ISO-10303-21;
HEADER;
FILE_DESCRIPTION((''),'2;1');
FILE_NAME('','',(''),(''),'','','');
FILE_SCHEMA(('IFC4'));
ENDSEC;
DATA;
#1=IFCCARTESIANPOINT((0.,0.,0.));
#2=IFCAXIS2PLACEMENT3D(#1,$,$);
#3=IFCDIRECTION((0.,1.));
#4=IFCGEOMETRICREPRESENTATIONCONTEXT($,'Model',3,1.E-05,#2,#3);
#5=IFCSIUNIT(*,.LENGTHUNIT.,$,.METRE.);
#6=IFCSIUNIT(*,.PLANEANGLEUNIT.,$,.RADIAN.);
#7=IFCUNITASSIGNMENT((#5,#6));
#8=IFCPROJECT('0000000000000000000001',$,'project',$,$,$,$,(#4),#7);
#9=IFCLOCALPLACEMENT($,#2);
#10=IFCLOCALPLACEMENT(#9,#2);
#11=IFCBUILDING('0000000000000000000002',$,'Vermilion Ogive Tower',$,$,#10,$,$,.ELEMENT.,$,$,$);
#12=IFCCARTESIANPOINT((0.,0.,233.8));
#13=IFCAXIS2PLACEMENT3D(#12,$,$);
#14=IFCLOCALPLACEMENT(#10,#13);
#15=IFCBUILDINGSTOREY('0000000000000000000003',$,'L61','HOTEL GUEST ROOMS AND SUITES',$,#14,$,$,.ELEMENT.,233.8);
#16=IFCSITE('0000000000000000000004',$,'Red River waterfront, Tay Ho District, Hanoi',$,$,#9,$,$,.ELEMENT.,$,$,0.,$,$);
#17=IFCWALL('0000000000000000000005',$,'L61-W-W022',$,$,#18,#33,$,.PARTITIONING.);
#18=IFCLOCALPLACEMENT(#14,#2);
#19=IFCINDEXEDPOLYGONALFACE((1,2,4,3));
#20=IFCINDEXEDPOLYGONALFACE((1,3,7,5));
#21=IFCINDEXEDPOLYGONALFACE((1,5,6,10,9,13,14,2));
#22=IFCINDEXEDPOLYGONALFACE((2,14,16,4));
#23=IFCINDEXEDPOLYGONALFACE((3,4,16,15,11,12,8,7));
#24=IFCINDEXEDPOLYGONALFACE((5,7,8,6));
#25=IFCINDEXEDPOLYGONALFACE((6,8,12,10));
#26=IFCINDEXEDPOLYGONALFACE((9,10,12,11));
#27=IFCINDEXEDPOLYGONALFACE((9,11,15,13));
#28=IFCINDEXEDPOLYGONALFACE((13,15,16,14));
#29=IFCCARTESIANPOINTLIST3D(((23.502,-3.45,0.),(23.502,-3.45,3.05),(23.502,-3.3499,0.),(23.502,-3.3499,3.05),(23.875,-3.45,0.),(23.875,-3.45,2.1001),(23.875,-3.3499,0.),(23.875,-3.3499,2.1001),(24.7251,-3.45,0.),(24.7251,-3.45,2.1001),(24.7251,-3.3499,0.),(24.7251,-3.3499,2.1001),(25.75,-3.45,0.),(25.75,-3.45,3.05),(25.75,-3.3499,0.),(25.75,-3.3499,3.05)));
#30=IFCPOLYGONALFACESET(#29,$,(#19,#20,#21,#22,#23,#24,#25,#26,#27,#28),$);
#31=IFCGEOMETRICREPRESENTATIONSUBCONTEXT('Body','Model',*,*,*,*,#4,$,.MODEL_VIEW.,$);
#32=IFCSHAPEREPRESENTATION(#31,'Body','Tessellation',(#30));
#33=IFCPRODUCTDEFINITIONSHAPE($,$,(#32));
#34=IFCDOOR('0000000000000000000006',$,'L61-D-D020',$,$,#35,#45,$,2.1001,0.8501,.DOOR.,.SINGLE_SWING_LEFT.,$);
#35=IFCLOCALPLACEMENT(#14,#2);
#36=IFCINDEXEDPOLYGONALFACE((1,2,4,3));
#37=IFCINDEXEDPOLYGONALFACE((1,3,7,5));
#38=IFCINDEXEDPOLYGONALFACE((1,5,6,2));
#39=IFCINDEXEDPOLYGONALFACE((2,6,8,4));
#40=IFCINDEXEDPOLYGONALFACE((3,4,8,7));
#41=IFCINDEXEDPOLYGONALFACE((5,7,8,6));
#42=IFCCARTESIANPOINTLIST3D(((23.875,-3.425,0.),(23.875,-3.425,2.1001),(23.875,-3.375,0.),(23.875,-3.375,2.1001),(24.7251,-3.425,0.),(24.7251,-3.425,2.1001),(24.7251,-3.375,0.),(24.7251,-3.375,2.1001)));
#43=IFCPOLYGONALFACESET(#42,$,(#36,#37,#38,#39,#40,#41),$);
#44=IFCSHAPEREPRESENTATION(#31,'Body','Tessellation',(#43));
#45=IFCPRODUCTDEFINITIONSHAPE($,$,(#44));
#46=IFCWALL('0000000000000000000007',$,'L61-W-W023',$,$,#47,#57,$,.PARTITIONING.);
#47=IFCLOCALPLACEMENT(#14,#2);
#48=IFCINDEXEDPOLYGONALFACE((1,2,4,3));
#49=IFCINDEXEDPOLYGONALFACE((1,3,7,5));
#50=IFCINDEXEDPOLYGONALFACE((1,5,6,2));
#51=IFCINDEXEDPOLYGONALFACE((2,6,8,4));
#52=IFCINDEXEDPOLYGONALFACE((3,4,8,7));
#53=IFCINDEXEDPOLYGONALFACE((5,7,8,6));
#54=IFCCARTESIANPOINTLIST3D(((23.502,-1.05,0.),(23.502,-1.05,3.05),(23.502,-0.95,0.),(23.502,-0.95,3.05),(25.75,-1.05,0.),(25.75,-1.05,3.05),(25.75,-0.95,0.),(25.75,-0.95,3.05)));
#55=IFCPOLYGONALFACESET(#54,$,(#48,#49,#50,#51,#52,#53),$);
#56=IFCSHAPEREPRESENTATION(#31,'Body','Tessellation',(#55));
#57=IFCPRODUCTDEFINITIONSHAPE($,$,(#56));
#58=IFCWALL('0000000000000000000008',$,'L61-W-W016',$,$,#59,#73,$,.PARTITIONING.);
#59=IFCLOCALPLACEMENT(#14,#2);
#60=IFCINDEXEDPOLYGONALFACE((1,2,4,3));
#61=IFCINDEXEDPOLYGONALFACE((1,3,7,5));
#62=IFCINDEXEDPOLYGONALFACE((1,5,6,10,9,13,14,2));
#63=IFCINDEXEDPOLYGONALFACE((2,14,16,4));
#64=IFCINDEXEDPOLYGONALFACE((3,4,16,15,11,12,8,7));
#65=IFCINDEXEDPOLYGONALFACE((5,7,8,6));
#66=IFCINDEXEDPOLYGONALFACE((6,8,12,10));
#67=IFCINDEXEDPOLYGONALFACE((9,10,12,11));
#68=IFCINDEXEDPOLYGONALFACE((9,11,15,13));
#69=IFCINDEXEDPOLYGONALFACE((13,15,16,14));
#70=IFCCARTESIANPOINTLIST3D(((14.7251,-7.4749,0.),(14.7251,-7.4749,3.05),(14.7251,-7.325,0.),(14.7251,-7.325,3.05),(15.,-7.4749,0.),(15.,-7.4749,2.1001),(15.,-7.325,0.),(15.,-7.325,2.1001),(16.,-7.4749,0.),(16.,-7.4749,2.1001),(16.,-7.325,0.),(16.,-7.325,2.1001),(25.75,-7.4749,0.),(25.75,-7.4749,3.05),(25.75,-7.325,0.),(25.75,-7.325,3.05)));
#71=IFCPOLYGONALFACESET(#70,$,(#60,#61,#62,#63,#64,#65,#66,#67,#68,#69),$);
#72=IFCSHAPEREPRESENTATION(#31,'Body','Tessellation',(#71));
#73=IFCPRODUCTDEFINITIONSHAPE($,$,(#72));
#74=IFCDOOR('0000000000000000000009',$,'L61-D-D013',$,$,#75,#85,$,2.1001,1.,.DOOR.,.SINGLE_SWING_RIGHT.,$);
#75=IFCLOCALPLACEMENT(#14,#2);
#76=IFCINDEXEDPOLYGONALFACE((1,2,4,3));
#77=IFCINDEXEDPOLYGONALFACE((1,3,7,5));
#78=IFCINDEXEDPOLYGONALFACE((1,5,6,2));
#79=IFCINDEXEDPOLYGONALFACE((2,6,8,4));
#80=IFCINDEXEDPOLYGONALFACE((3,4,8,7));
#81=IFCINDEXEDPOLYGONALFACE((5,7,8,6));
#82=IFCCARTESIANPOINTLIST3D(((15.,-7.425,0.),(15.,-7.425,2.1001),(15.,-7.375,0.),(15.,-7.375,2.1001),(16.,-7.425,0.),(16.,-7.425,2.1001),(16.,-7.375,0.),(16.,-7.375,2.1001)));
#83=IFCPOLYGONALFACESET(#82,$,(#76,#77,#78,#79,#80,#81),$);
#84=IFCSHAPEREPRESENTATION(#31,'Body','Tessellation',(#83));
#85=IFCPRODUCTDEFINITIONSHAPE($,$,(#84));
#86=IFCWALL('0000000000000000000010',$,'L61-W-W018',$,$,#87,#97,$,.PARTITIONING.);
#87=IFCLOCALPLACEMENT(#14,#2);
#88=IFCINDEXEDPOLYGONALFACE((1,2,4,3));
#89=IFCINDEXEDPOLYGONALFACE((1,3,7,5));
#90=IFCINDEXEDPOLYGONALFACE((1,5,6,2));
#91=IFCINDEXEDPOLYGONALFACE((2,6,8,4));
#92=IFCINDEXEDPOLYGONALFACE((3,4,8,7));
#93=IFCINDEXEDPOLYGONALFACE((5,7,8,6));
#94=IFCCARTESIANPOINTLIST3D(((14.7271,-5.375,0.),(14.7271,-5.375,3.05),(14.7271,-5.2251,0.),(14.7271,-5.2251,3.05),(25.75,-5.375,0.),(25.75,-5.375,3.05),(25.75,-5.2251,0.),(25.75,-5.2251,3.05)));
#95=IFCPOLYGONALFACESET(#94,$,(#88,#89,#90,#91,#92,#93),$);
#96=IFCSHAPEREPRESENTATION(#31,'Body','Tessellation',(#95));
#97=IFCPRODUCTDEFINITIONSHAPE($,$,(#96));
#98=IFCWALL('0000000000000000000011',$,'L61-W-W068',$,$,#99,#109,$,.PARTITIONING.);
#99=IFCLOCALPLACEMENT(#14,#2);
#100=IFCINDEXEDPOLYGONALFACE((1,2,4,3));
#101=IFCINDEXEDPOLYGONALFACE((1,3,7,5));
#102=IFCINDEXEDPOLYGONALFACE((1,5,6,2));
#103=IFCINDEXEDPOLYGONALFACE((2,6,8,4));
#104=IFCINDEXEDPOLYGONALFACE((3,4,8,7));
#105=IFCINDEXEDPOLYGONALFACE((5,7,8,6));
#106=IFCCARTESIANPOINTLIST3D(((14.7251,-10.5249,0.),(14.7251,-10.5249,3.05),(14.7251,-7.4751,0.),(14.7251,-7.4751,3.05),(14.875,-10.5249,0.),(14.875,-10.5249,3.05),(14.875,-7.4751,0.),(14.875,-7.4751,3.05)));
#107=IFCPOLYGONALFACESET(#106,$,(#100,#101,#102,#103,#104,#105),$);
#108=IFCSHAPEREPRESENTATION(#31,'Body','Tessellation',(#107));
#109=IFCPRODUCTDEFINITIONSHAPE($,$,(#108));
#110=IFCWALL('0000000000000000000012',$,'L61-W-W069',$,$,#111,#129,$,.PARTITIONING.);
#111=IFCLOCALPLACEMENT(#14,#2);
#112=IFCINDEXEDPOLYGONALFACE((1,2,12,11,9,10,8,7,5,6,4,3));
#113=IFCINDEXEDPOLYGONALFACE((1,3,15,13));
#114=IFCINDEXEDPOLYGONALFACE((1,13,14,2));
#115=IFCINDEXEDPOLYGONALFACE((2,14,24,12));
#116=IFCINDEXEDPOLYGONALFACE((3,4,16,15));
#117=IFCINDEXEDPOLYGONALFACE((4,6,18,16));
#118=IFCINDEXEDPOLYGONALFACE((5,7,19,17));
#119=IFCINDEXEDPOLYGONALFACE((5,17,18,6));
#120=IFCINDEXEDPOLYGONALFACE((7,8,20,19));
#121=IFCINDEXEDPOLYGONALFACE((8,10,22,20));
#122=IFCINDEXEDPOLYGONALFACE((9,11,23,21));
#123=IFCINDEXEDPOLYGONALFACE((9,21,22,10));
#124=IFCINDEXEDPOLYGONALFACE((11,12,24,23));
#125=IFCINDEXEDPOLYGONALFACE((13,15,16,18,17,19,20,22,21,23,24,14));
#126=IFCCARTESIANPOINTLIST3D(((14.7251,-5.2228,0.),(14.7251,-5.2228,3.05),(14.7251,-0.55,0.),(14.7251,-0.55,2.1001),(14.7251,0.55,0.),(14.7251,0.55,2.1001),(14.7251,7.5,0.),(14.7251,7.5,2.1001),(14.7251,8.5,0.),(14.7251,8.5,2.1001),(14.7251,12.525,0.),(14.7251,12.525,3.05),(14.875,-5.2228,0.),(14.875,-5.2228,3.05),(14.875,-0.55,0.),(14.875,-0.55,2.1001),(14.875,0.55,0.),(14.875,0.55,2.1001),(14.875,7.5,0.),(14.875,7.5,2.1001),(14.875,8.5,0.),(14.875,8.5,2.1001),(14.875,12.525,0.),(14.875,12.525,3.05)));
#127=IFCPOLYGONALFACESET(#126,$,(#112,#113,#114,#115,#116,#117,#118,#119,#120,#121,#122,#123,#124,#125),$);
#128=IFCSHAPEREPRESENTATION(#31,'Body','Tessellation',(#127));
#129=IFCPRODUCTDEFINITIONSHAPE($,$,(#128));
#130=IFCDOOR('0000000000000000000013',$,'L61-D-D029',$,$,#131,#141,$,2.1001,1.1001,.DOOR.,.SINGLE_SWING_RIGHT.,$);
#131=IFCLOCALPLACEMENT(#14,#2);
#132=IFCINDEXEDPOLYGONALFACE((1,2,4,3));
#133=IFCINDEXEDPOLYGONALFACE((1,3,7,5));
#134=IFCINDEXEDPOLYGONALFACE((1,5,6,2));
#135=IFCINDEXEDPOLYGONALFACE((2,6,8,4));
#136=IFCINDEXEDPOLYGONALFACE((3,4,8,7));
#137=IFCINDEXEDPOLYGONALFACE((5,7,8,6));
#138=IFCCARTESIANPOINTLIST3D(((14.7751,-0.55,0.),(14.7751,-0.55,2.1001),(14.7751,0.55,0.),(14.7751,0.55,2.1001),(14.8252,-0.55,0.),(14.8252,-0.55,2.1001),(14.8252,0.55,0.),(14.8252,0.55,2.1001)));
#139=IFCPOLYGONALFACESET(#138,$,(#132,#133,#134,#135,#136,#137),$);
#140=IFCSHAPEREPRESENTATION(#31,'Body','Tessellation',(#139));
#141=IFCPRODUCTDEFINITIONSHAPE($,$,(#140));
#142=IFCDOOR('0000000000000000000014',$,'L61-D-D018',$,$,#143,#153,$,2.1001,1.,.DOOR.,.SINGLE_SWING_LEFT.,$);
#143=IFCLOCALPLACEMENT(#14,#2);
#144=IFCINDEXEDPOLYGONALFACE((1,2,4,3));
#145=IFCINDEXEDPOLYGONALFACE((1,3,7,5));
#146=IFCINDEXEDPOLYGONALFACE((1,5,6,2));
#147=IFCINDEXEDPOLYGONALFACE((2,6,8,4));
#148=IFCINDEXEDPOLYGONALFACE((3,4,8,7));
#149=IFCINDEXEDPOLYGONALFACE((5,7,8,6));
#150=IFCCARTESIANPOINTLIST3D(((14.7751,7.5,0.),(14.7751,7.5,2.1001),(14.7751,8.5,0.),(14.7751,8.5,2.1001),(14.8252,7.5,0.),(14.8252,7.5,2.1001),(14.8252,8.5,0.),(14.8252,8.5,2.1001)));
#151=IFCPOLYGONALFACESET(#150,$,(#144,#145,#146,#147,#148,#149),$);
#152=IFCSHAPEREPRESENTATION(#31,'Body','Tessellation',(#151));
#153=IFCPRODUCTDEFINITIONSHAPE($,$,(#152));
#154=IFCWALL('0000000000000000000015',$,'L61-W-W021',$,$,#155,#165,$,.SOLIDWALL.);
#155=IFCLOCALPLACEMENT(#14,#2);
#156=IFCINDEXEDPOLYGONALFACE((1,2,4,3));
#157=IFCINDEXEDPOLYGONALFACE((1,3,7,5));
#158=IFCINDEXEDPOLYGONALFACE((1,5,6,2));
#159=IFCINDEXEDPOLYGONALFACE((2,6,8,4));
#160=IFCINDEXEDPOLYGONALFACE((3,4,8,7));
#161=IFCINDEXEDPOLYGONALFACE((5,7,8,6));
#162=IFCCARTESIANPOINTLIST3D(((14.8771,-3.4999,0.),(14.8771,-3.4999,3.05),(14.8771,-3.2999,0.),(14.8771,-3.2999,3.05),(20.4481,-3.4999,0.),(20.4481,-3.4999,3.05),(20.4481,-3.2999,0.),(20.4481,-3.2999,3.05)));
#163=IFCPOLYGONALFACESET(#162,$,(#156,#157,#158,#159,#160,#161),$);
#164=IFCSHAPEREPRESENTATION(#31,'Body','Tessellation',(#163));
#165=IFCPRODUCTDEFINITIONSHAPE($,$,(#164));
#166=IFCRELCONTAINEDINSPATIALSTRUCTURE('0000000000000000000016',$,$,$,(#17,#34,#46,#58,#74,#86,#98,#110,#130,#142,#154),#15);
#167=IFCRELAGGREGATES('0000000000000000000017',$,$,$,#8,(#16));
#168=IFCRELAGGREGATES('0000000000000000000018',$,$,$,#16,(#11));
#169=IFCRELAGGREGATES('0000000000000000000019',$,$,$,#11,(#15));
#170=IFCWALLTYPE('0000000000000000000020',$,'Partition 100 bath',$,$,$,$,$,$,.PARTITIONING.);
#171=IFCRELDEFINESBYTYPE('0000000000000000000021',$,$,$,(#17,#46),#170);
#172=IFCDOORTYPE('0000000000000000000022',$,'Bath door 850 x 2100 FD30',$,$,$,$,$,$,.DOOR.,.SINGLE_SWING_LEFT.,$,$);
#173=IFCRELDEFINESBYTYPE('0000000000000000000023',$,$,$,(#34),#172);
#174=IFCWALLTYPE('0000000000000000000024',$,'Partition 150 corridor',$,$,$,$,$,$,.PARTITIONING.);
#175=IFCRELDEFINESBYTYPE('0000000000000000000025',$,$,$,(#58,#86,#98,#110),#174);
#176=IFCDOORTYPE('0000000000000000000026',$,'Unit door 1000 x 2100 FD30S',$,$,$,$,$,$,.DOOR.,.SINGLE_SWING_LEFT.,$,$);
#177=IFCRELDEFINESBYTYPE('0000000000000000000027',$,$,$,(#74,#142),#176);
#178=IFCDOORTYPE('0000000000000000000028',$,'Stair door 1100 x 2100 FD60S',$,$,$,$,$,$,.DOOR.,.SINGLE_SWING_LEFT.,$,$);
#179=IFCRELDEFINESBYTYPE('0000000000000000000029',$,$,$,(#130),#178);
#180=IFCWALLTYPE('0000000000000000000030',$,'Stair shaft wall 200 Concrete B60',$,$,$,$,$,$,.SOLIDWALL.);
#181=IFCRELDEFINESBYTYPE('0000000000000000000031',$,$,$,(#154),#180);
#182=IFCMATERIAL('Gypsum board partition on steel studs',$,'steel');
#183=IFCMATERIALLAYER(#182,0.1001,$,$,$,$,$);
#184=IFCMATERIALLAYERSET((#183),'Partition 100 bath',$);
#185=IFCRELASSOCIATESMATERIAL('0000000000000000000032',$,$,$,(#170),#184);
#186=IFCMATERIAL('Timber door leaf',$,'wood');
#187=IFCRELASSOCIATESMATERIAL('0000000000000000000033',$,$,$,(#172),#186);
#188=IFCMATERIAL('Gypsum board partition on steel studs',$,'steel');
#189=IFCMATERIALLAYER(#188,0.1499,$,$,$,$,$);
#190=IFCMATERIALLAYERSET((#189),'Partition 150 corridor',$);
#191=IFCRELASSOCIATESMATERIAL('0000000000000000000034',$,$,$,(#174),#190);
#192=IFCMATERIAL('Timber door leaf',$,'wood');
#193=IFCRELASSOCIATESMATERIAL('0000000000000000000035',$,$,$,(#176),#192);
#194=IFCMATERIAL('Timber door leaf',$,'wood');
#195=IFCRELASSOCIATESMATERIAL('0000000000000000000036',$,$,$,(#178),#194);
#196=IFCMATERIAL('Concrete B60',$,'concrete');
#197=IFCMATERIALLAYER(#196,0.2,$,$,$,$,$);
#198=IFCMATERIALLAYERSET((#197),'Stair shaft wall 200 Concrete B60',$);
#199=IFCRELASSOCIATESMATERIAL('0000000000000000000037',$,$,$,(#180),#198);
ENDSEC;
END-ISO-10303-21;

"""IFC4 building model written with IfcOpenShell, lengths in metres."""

from ifc_helpers import new_model, si_unit, direction, frame, frame_2d, origin, place, context, subcontext, project, spatial, rectangle, extrude, material, layer, layer_set, type_object, element, fill, save


model = new_model("IFC4")

# Units and contexts
model_context = context("Model", 3, precision=1e-05, world=origin(), true_north=direction((0.0, 1.0)))
body_context = subcontext(model_context, "Body", "Model", "MODEL_VIEW")
ifc_project = project(units=[si_unit("LENGTHUNIT", "METRE"), si_unit("PLANEANGLEUNIT", "RADIAN")], contexts=[model_context])

# Site, building, storey
site_placement = place(None, origin())
site = spatial("IfcSite", under=ifc_project, at=site_placement, Name="Red River waterfront, Tay Ho District, Hanoi", CompositionType="ELEMENT", RefElevation=0.0)
building_placement = place(site_placement, origin())
building = spatial("IfcBuilding", under=site, at=building_placement, Name="Vermilion Ogive Tower", CompositionType="ELEMENT")
storey_placement = place(building_placement, frame((0.0, 0.0, 233.8)))
storey = spatial("IfcBuildingStorey", under=building, at=storey_placement, Name="L61", Description="HOTEL GUEST ROOMS AND SUITES", CompositionType="ELEMENT", Elevation=233.8)

# Wall, opening, door
ifc_material_1 = material(Name="Gypsum board partition on steel studs", Category="steel")
ifc_layer_1 = layer(ifc_material_1, 0.1001)
ifc_layer_set_1 = layer_set([ifc_layer_1], Name="Partition 100 bath")
wall_type_1 = type_object("IfcWallType", Name="Partition 100 bath", PredefinedType="PARTITIONING", material=ifc_layer_set_1)
wall_1_placement = place(storey_placement, frame((23.502, -3.3999, 0.0), z_axis=(0.0, 0.0, 1.0), x_axis=(1.0, 0.0, 0.0)))
wall_1 = element("IfcWall", 1, at=wall_1_placement, inside=storey, type_object=wall_type_1, Name="L61-W-W022", PredefinedType="PARTITIONING", context=body_context, shape_type="SweptSolid", body=[
    extrude(rectangle(XDim=2.248, YDim=0.1001, at=frame_2d((1.124, 0.0))), origin(), (0.0, 0.0, 1.0), 3.05),
])
opening_1_placement = place(wall_1_placement, frame((0.373, 0.0, 0.0)))
opening_1 = element("IfcOpeningElement", 2, at=opening_1_placement, cuts=wall_1, PredefinedType="OPENING", context=body_context, shape_type="SweptSolid", body=[
    extrude(rectangle(XDim=0.8501, YDim=2.1001, at=frame_2d((0.425, 1.05))), frame((0.0, 0.0601, 0.0), z_axis=(0.0, -1.0, 0.0), x_axis=(1.0, 0.0, 0.0)), (0.0, 0.0, 1.0), 0.1201),
])
ifc_material_2 = material(Name="Timber door leaf", Category="wood")
door_type_1 = type_object("IfcDoorType", Name="Bath door 850 x 2100 FD30", OperationType="SINGLE_SWING_LEFT", PredefinedType="DOOR", material=ifc_material_2)
door_1_placement = place(opening_1_placement, origin())
door_1 = element("IfcDoor", 3, at=door_1_placement, inside=storey, type_object=door_type_1, Name="L61-D-D020", OperationType="SINGLE_SWING_LEFT", OverallHeight=2.1001, OverallWidth=0.8501, PredefinedType="DOOR", context=body_context, shape_type="SweptSolid", body=[
    extrude(rectangle(XDim=0.8501, YDim=2.1001, at=frame_2d((0.425, 1.05))), frame((0.0, 0.0249, 0.0), z_axis=(0.0, -1.0, 0.0), x_axis=(1.0, 0.0, 0.0)), (0.0, 0.0, 1.0), 0.05),
])
fill(opening_1, door_1)

# Wall
wall_2_placement = place(storey_placement, frame((23.502, -1.0, 0.0), z_axis=(0.0, 0.0, 1.0), x_axis=(1.0, 0.0, 0.0)))
element("IfcWall", 4, at=wall_2_placement, inside=storey, type_object=wall_type_1, Name="L61-W-W023", PredefinedType="PARTITIONING", context=body_context, shape_type="SweptSolid", body=[
    extrude(rectangle(XDim=2.248, YDim=0.1001, at=frame_2d((1.124, 0.0))), origin(), (0.0, 0.0, 1.0), 3.05),
])

# Wall, opening, door
ifc_material_3 = material(Name="Gypsum board partition on steel studs", Category="steel")
ifc_layer_2 = layer(ifc_material_3, 0.1499)
ifc_layer_set_2 = layer_set([ifc_layer_2], Name="Partition 150 corridor")
wall_type_2 = type_object("IfcWallType", Name="Partition 150 corridor", PredefinedType="PARTITIONING", material=ifc_layer_set_2)
wall_3_placement = place(storey_placement, frame((14.7251, -7.3999, 0.0), z_axis=(0.0, 0.0, 1.0), x_axis=(1.0, 0.0, 0.0)))
wall_3 = element("IfcWall", 5, at=wall_3_placement, inside=storey, type_object=wall_type_2, Name="L61-W-W016", PredefinedType="PARTITIONING", context=body_context, shape_type="SweptSolid", body=[
    extrude(rectangle(XDim=11.0249, YDim=0.1499, at=frame_2d((5.5125, 0.0))), origin(), (0.0, 0.0, 1.0), 3.05),
])
opening_2_placement = place(wall_3_placement, frame((0.2749, 0.0, 0.0)))
opening_2 = element("IfcOpeningElement", 6, at=opening_2_placement, cuts=wall_3, PredefinedType="OPENING", context=body_context, shape_type="SweptSolid", body=[
    extrude(rectangle(XDim=1.0, YDim=2.1001, at=frame_2d((0.5, 1.05))), frame((0.0, 0.085, 0.0), z_axis=(0.0, -1.0, 0.0), x_axis=(1.0, 0.0, 0.0)), (0.0, 0.0, 1.0), 0.1699),
])
ifc_material_4 = material(Name="Timber door leaf", Category="wood")
door_type_2 = type_object("IfcDoorType", Name="Unit door 1000 x 2100 FD30S", OperationType="SINGLE_SWING_LEFT", PredefinedType="DOOR", material=ifc_material_4)
door_2_placement = place(opening_2_placement, origin())
door_2 = element("IfcDoor", 7, at=door_2_placement, inside=storey, type_object=door_type_2, Name="L61-D-D013", OperationType="SINGLE_SWING_RIGHT", OverallHeight=2.1001, OverallWidth=1.0, PredefinedType="DOOR", context=body_context, shape_type="SweptSolid", body=[
    extrude(rectangle(XDim=1.0, YDim=2.1001, at=frame_2d((0.5, 1.05))), frame((0.0, 0.0249, 0.0), z_axis=(0.0, -1.0, 0.0), x_axis=(1.0, 0.0, 0.0)), (0.0, 0.0, 1.0), 0.05),
])
fill(opening_2, door_2)

# Walls
wall_4_placement = place(storey_placement, frame((14.7271, -5.3, 0.0), z_axis=(0.0, 0.0, 1.0), x_axis=(1.0, 0.0, 0.0)))
element("IfcWall", 8, at=wall_4_placement, inside=storey, type_object=wall_type_2, Name="L61-W-W018", PredefinedType="PARTITIONING", context=body_context, shape_type="SweptSolid", body=[
    extrude(rectangle(XDim=11.0229, YDim=0.1499, at=frame_2d((5.5115, 0.0))), origin(), (0.0, 0.0, 1.0), 3.05),
])
wall_5_placement = place(storey_placement, frame((14.8, -10.5249, 0.0), z_axis=(0.0, 0.0, 1.0), x_axis=(0.0, 1.0, 0.0)))
element("IfcWall", 9, at=wall_5_placement, inside=storey, type_object=wall_type_2, Name="L61-W-W068", PredefinedType="PARTITIONING", context=body_context, shape_type="SweptSolid", body=[
    extrude(rectangle(XDim=3.0498, YDim=0.1499, at=frame_2d((1.5249, 0.0))), origin(), (0.0, 0.0, 1.0), 3.05),
])

# Wall, openings, doors
wall_6_placement = place(storey_placement, frame((14.8, -5.2229, 0.0), z_axis=(0.0, 0.0, 1.0), x_axis=(0.0, 1.0, 0.0)))
wall_6 = element("IfcWall", 10, at=wall_6_placement, inside=storey, type_object=wall_type_2, Name="L61-W-W069", PredefinedType="PARTITIONING", context=body_context, shape_type="SweptSolid", body=[
    extrude(rectangle(XDim=17.7478, YDim=0.1499, at=frame_2d((8.874, 0.0))), origin(), (0.0, 0.0, 1.0), 3.05),
])
opening_3_placement = place(wall_6_placement, frame((12.7229, 0.0, 0.0)))
opening_3 = element("IfcOpeningElement", 11, at=opening_3_placement, cuts=wall_6, PredefinedType="OPENING", context=body_context, shape_type="SweptSolid", body=[
    extrude(rectangle(XDim=1.0, YDim=2.1001, at=frame_2d((0.5, 1.05))), frame((0.0, 0.085, 0.0), z_axis=(0.0, -1.0, 0.0), x_axis=(1.0, 0.0, 0.0)), (0.0, 0.0, 1.0), 0.1699),
])
opening_4_placement = place(wall_6_placement, frame((4.6729, 0.0, 0.0)))
opening_4 = element("IfcOpeningElement", 12, at=opening_4_placement, cuts=wall_6, PredefinedType="OPENING", context=body_context, shape_type="SweptSolid", body=[
    extrude(rectangle(XDim=1.1001, YDim=2.1001, at=frame_2d((0.55, 1.05))), frame((0.0, 0.085, 0.0), z_axis=(0.0, -1.0, 0.0), x_axis=(1.0, 0.0, 0.0)), (0.0, 0.0, 1.0), 0.1699),
])
ifc_material_5 = material(Name="Timber door leaf", Category="wood")
door_type_3 = type_object("IfcDoorType", Name="Stair door 1100 x 2100 FD60S", OperationType="SINGLE_SWING_LEFT", PredefinedType="DOOR", material=ifc_material_5)
door_3_placement = place(opening_4_placement, origin())
door_3 = element("IfcDoor", 13, at=door_3_placement, inside=storey, type_object=door_type_3, Name="L61-D-D029", OperationType="SINGLE_SWING_RIGHT", OverallHeight=2.1001, OverallWidth=1.1001, PredefinedType="DOOR", context=body_context, shape_type="SweptSolid", body=[
    extrude(rectangle(XDim=1.1001, YDim=2.1001, at=frame_2d((0.55, 1.05))), frame((0.0, 0.0249, 0.0), z_axis=(0.0, -1.0, 0.0), x_axis=(1.0, 0.0, 0.0)), (0.0, 0.0, 1.0), 0.05),
])
fill(opening_4, door_3)
door_4_placement = place(opening_3_placement, origin())
door_4 = element("IfcDoor", 14, at=door_4_placement, inside=storey, type_object=door_type_2, Name="L61-D-D018", OperationType="SINGLE_SWING_LEFT", OverallHeight=2.1001, OverallWidth=1.0, PredefinedType="DOOR", context=body_context, shape_type="SweptSolid", body=[
    extrude(rectangle(XDim=1.0, YDim=2.1001, at=frame_2d((0.5, 1.05))), frame((0.0, 0.0249, 0.0), z_axis=(0.0, -1.0, 0.0), x_axis=(1.0, 0.0, 0.0)), (0.0, 0.0, 1.0), 0.05),
])
fill(opening_3, door_4)

# Wall
ifc_material_6 = material(Name="Concrete B60", Category="concrete")
ifc_layer_3 = layer(ifc_material_6, 0.2)
ifc_layer_set_3 = layer_set([ifc_layer_3], Name="Stair shaft wall 200 Concrete B60")
wall_type_3 = type_object("IfcWallType", Name="Stair shaft wall 200 Concrete B60", PredefinedType="SOLIDWALL", material=ifc_layer_set_3)
wall_7_placement = place(storey_placement, frame((14.877, -3.3999, 0.0), z_axis=(0.0, 0.0, 1.0), x_axis=(1.0, 0.0, 0.0)))
element("IfcWall", 15, at=wall_7_placement, inside=storey, type_object=wall_type_3, Name="L61-W-W021", PredefinedType="SOLIDWALL", context=body_context, shape_type="SweptSolid", body=[
    extrude(rectangle(XDim=5.571, YDim=0.2, at=frame_2d((2.7856, 0.0))), origin(), (0.0, 0.0, 1.0), 3.05),
])

save(model, "model.ifc")
